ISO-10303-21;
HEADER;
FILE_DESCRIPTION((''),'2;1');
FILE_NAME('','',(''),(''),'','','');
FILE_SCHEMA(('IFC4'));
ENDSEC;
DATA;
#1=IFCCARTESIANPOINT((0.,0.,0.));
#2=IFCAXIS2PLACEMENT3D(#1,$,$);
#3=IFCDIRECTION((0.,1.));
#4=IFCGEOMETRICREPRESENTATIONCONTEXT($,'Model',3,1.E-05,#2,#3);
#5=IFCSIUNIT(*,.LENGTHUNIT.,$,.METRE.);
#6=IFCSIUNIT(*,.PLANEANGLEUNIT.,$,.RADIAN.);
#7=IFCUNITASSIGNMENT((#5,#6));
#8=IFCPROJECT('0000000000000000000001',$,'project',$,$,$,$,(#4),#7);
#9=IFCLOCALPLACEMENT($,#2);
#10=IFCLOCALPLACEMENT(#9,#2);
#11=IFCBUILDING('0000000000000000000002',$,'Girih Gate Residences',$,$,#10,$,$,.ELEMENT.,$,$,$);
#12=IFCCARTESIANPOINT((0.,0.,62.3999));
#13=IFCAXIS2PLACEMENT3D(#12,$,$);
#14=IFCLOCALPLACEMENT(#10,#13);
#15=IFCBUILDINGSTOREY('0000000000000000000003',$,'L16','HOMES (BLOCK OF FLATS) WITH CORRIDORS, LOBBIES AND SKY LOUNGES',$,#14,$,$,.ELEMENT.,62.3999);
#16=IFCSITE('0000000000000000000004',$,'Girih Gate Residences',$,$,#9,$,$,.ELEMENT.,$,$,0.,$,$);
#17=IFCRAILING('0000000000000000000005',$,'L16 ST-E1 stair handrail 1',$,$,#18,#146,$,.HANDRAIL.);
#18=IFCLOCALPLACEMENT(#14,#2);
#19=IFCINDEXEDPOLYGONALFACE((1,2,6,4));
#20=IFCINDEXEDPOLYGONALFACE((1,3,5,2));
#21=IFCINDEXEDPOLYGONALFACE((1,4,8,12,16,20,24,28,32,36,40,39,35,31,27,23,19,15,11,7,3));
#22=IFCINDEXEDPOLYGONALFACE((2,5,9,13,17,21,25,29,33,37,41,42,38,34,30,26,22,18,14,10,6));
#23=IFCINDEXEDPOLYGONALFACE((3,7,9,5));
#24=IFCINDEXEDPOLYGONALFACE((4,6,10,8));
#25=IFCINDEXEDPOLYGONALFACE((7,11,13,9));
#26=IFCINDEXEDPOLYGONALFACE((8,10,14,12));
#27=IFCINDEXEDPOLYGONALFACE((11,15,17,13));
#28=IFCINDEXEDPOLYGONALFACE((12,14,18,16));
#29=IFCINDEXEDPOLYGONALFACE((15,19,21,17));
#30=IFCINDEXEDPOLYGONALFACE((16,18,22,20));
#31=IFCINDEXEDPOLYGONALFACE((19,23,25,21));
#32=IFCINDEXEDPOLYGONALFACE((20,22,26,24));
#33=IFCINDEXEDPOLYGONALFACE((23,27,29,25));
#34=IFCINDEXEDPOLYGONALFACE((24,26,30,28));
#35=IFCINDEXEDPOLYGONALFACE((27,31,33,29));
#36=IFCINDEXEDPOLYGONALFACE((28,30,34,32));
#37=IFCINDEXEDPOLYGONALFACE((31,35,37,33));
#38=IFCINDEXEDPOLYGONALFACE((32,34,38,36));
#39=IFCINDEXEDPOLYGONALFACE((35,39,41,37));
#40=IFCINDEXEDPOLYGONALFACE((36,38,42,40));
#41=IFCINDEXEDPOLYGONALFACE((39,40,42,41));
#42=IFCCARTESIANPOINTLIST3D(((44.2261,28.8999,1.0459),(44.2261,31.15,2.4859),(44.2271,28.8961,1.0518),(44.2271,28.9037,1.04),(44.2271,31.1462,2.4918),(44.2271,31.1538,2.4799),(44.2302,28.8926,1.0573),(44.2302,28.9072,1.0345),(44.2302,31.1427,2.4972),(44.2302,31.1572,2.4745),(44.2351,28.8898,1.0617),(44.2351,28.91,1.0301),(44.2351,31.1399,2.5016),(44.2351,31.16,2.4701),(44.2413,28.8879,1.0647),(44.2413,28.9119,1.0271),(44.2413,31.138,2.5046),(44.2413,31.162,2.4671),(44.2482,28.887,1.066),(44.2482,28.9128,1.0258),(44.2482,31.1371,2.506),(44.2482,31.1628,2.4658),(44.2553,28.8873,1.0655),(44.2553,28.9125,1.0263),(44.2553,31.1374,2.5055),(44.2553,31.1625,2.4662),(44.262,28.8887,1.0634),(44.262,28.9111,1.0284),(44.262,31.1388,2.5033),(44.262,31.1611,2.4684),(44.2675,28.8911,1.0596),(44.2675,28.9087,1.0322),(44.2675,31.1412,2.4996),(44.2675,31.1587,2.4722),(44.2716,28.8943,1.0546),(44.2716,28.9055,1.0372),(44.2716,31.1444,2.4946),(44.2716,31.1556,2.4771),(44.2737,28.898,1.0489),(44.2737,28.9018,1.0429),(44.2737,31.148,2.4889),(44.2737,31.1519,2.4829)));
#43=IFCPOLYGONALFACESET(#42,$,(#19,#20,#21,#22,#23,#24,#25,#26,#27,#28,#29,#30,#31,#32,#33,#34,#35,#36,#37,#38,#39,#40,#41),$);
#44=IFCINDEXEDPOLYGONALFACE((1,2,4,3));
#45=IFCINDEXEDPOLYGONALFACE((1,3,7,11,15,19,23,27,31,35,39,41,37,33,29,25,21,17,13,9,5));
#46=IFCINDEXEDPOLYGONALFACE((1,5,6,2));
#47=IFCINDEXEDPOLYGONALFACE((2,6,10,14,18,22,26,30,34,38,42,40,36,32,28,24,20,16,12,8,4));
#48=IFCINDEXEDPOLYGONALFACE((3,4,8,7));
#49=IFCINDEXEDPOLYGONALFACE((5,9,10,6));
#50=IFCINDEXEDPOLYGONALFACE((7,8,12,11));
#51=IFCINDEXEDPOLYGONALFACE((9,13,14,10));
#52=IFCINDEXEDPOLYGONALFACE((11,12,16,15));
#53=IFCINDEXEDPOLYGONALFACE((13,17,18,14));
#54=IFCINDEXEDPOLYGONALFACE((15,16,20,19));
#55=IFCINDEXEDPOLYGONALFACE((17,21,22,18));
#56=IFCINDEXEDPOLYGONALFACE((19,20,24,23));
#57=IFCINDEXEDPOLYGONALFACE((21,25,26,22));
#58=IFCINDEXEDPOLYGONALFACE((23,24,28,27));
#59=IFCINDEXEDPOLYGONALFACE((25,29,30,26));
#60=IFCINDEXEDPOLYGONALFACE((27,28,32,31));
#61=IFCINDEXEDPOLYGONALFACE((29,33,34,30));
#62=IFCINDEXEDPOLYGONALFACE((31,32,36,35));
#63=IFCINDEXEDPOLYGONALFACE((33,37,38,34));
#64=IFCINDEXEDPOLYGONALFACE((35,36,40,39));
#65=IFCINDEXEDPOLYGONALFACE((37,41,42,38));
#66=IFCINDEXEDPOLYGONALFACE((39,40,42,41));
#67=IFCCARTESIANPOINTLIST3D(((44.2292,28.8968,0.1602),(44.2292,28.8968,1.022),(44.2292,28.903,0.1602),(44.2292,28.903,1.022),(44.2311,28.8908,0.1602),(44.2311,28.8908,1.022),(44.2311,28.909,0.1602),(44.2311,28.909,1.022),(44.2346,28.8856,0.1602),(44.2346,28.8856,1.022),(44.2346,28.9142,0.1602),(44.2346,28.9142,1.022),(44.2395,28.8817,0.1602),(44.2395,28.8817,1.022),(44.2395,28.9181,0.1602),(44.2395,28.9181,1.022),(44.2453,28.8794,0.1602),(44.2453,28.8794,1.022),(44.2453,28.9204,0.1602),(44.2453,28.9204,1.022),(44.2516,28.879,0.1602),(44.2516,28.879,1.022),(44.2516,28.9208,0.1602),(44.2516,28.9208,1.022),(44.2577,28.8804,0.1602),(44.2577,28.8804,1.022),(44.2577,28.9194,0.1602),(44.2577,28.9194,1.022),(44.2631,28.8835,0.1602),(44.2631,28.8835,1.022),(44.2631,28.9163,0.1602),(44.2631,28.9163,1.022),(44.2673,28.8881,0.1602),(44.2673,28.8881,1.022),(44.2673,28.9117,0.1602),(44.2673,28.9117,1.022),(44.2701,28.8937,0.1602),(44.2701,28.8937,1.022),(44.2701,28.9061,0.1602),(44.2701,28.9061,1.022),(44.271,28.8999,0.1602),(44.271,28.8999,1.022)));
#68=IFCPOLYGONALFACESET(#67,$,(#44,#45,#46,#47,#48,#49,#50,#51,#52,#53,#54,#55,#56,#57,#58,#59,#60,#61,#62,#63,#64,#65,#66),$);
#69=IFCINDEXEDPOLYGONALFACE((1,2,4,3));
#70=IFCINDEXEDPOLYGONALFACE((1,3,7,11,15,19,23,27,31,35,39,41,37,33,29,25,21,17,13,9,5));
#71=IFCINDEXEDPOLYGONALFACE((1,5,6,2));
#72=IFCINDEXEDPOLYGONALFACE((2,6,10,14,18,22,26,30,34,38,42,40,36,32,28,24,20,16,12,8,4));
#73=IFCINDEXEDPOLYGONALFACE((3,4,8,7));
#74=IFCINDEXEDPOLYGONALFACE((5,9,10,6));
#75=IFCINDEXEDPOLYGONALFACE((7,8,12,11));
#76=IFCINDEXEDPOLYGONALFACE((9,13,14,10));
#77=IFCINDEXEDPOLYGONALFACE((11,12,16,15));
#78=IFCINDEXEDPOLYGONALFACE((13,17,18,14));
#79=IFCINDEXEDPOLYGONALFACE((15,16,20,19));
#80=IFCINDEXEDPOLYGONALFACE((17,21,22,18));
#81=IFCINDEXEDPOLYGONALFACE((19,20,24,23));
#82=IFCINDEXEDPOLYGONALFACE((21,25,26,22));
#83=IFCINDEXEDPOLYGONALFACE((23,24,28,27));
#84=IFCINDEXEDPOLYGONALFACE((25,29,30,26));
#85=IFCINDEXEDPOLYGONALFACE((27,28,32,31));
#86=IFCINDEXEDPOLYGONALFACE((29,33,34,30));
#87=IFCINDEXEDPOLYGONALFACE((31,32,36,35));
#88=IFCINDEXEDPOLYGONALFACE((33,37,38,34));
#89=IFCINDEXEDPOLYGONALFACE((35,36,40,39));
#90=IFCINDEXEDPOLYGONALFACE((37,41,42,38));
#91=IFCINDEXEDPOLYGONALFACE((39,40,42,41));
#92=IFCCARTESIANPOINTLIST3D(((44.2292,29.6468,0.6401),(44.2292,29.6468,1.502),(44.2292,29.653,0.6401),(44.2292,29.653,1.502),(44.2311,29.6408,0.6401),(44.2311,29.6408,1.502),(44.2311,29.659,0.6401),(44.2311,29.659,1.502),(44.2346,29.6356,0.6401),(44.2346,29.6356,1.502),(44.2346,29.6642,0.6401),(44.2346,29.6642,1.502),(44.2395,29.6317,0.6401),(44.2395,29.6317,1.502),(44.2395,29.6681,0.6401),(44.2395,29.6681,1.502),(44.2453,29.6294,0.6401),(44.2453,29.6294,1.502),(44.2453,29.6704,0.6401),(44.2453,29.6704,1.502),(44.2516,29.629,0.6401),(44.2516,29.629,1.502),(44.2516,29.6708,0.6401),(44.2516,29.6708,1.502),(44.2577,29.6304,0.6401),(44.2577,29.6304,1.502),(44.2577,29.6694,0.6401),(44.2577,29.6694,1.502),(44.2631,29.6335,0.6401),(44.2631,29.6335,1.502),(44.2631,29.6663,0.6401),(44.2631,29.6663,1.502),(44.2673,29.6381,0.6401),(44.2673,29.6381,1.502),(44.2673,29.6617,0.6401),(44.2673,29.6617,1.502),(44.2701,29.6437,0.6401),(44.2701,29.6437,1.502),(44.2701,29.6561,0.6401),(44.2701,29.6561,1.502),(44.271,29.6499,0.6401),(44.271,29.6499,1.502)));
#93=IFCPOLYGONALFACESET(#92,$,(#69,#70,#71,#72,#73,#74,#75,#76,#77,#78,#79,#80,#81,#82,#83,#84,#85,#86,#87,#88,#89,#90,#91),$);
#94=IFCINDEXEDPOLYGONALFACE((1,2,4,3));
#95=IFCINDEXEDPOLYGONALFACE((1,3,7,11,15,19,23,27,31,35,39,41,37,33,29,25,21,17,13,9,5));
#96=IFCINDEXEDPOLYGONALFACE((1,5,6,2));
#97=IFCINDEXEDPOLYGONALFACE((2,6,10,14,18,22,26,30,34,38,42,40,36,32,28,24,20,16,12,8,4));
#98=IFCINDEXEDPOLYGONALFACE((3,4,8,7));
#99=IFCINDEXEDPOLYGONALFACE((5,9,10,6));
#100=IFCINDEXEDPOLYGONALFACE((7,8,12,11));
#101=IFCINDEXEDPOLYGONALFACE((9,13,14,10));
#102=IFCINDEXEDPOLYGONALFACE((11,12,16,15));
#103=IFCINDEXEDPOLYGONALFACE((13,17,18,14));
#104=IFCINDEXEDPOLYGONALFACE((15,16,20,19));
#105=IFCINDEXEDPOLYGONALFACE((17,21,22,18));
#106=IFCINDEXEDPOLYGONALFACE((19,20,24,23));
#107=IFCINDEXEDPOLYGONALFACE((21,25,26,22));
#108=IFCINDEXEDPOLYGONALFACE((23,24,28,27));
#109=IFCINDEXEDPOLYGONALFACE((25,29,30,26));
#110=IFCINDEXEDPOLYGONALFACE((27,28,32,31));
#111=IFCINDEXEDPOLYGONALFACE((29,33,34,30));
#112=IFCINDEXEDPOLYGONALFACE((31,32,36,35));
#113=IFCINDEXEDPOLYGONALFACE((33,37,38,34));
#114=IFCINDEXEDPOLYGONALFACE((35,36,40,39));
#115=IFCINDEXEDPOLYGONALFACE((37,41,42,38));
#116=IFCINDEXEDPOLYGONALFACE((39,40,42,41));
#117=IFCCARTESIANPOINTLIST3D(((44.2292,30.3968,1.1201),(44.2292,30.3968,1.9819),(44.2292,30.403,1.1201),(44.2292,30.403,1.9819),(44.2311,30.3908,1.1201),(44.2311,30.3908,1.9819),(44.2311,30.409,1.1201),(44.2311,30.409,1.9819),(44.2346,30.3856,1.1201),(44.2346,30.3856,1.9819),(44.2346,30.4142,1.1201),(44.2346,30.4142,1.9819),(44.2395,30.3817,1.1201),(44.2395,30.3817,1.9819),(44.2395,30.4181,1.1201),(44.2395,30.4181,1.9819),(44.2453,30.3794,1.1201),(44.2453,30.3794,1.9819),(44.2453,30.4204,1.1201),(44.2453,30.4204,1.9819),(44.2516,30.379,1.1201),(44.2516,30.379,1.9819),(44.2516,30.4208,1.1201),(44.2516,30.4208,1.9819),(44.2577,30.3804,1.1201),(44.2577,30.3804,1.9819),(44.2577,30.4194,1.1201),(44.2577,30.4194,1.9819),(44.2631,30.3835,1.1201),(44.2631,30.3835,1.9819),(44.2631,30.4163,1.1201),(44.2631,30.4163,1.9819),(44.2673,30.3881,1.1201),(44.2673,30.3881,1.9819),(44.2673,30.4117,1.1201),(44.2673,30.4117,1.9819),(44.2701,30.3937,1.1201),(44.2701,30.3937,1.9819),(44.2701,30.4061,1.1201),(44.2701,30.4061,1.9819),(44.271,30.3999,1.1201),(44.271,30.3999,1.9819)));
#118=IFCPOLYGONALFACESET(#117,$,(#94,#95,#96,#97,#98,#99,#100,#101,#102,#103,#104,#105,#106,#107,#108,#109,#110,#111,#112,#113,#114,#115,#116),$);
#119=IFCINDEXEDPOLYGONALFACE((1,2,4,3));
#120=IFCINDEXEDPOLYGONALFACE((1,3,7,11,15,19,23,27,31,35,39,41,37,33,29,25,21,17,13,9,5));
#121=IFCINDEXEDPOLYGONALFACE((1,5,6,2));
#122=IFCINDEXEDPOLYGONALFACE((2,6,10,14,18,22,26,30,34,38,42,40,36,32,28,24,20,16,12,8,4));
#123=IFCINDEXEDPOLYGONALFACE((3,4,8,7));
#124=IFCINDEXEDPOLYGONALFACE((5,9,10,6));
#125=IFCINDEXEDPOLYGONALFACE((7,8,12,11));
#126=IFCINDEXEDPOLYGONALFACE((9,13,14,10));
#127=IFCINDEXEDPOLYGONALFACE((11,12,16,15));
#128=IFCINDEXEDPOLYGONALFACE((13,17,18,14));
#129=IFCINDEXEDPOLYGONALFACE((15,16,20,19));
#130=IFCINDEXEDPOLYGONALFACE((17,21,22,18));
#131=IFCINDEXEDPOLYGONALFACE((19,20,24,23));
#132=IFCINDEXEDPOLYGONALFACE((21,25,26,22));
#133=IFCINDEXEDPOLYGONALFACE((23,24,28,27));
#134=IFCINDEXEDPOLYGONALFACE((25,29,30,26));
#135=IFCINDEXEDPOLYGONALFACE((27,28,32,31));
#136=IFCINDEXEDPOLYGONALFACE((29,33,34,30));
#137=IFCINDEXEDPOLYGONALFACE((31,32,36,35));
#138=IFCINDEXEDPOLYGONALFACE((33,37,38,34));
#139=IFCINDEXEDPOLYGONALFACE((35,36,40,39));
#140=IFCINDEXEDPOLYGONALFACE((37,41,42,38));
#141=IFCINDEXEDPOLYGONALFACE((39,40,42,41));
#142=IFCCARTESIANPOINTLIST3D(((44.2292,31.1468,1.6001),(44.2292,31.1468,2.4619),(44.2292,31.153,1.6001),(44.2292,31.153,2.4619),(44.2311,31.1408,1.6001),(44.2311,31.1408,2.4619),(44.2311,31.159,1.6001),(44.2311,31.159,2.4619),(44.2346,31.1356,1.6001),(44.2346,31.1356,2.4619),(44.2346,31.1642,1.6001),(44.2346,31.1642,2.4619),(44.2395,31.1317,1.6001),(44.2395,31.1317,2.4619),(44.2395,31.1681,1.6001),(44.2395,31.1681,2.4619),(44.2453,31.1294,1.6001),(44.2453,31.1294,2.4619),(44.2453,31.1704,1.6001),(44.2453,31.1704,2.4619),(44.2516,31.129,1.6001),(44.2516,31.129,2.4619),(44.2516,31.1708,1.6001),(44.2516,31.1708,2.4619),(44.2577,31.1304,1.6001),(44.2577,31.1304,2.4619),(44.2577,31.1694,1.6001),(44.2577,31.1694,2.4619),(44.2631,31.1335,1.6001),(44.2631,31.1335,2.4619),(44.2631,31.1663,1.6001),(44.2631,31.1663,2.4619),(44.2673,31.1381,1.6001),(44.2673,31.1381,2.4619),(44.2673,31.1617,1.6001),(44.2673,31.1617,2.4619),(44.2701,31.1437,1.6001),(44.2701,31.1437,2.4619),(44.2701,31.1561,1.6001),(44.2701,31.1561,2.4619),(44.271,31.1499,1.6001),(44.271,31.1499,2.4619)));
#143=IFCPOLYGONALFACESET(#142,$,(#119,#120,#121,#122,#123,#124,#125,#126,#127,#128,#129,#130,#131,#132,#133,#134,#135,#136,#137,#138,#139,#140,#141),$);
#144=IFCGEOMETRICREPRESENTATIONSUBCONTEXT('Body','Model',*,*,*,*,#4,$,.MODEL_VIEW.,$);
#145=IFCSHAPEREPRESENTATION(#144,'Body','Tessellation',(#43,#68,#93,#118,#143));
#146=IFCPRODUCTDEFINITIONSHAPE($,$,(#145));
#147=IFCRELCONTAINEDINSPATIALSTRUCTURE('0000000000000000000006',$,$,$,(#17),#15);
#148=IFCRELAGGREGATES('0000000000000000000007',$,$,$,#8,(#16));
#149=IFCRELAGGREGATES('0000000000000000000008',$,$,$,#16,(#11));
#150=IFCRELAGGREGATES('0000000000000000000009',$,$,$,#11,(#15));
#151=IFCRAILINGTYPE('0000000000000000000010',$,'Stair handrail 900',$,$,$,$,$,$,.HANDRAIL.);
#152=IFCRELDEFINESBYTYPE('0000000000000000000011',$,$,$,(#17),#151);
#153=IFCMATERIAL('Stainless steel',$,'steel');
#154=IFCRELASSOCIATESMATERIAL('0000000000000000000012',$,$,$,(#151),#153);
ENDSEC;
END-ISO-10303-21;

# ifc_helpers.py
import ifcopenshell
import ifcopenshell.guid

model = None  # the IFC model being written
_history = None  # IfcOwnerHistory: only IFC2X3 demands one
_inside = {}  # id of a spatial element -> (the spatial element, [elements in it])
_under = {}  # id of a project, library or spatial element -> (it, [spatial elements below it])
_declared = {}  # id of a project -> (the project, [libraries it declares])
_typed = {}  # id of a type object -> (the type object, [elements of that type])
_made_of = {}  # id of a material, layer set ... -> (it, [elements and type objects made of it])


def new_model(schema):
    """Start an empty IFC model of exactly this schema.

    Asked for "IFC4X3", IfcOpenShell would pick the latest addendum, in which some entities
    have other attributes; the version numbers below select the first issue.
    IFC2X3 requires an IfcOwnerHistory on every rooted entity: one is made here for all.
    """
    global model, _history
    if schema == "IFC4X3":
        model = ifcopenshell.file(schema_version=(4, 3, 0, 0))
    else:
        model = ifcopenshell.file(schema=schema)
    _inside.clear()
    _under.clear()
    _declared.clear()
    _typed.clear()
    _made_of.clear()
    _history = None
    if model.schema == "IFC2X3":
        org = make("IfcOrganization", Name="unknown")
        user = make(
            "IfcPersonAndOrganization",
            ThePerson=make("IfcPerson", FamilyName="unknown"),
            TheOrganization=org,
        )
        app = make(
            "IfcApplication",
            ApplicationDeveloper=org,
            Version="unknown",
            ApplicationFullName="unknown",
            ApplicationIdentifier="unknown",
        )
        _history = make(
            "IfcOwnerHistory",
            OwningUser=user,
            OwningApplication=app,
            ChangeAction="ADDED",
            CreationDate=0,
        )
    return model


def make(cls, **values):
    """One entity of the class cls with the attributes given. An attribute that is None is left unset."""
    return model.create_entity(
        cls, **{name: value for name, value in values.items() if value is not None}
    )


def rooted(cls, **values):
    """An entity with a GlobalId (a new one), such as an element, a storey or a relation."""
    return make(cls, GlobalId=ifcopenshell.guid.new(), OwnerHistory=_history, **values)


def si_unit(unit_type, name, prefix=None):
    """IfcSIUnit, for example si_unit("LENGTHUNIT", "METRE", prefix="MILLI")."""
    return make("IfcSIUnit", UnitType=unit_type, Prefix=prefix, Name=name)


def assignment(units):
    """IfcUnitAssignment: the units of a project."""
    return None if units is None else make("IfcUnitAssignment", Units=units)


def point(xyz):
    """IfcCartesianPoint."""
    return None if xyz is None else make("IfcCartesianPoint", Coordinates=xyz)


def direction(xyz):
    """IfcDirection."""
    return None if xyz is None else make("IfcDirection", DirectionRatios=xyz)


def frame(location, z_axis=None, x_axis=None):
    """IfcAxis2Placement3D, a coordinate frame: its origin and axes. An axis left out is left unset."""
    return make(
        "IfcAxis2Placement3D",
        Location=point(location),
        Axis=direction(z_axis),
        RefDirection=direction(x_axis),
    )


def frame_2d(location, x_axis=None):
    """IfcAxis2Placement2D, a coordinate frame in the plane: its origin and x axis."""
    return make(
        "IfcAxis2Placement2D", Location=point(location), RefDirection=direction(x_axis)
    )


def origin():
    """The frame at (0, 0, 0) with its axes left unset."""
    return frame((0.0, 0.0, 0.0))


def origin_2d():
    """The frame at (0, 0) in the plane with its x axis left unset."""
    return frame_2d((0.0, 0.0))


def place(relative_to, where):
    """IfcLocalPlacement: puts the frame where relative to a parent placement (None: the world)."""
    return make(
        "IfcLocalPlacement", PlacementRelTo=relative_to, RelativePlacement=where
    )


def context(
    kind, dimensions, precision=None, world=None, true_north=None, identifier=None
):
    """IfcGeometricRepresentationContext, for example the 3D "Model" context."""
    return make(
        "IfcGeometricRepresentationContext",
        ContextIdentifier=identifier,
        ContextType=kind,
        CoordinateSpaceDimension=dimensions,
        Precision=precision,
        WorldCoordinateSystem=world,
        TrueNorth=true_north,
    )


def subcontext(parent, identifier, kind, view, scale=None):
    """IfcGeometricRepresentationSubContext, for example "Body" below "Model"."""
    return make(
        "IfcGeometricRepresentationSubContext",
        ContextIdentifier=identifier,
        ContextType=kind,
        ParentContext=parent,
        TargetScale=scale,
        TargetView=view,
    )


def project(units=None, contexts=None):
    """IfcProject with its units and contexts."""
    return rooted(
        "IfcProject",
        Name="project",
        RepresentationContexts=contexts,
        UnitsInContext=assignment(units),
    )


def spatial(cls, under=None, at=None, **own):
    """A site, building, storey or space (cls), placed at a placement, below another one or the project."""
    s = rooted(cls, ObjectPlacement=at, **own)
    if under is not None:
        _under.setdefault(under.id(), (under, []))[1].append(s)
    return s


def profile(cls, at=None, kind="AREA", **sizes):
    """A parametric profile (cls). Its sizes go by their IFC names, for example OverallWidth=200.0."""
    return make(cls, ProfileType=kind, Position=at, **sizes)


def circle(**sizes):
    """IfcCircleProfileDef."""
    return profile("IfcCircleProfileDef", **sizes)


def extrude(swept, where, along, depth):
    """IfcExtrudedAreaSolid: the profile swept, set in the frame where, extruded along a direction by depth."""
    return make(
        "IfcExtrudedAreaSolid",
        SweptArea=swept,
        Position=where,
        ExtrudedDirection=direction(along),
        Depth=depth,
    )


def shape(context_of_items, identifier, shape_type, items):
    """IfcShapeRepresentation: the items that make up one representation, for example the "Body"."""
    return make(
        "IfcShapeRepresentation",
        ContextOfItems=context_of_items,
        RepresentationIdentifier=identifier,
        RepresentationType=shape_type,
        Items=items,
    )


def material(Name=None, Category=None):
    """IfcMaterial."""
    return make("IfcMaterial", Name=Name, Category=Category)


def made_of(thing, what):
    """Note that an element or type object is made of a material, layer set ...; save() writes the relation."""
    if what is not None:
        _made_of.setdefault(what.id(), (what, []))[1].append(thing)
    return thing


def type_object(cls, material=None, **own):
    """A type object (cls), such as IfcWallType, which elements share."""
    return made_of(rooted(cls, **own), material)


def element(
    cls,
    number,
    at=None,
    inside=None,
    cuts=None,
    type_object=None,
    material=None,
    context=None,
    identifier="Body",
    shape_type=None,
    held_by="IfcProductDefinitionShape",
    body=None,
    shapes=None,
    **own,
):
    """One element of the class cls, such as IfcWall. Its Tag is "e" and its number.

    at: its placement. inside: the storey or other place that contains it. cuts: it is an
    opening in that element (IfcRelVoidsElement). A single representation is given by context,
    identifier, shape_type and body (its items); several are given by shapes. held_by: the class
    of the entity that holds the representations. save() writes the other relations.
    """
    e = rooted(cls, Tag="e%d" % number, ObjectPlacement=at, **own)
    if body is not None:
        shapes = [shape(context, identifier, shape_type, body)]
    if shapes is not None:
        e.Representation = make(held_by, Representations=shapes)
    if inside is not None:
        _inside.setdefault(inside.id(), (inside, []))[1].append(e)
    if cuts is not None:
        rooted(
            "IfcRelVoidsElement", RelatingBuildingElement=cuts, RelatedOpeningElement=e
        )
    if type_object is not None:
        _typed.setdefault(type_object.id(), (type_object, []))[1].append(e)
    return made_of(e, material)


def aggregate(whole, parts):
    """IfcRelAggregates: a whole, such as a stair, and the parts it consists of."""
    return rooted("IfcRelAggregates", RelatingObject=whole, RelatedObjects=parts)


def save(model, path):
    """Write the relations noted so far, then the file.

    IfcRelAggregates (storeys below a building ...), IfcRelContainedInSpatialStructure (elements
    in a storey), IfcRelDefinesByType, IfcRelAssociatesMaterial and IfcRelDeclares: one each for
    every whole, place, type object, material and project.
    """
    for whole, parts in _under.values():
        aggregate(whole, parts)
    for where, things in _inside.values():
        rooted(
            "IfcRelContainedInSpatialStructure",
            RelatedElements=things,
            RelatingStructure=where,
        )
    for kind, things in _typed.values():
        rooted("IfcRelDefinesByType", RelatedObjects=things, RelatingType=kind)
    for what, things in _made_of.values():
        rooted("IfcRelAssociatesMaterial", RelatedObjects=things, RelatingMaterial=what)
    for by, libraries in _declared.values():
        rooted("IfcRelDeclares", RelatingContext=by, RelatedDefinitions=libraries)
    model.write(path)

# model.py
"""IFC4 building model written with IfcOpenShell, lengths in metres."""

from ifc_helpers import new_model, si_unit, direction, frame, origin, origin_2d, place, context, subcontext, project, spatial, circle, extrude, material, type_object, element, save


model = new_model("IFC4")

# Units and contexts
model_context = context("Model", 3, precision=1e-05, world=origin(), true_north=direction((0.0, 1.0)))
body_context = subcontext(model_context, "Body", "Model", "MODEL_VIEW")
ifc_project = project(units=[si_unit("LENGTHUNIT", "METRE"), si_unit("PLANEANGLEUNIT", "RADIAN")], contexts=[model_context])

# Site, building, storey
site_placement = place(None, origin())
site = spatial("IfcSite", under=ifc_project, at=site_placement, Name="Girih Gate Residences", CompositionType="ELEMENT", RefElevation=0.0)
building_placement = place(site_placement, origin())
building = spatial("IfcBuilding", under=site, at=building_placement, Name="Girih Gate Residences", CompositionType="ELEMENT")
storey_placement = place(building_placement, frame((0.0, 0.0, 62.3999)))
storey = spatial("IfcBuildingStorey", under=building, at=storey_placement, Name="L16", Description="HOMES (BLOCK OF FLATS) WITH CORRIDORS, LOBBIES AND SKY LOUNGES", CompositionType="ELEMENT", Elevation=62.3999)

# Railing
ifc_material_1 = material(Name="Stainless steel", Category="steel")
railing_type_1 = type_object("IfcRailingType", Name="Stair handrail 900", PredefinedType="HANDRAIL", material=ifc_material_1)
railing_1_placement = place(storey_placement, frame((44.25, 28.8999, 0.1602)))
element("IfcRailing", 1, at=railing_1_placement, inside=storey, type_object=railing_type_1, Name="L16 ST-E1 stair handrail 1", PredefinedType="HANDRAIL", context=body_context, shape_type="SweptSolid", body=[
    extrude(circle(Radius=0.0239, at=origin_2d()), frame((0.0, 0.0, 0.8857), z_axis=(0.0, 0.842281, 0.539038), x_axis=(-1.0, 0.0, 0.0)), (0.0, 0.0, 1.0), 2.6714),
    extrude(circle(Radius=0.021, at=origin_2d()), origin(), (0.0, 0.0, 1.0), 0.8618),
    extrude(circle(Radius=0.021, at=origin_2d()), frame((0.0, 0.75, 0.48)), (0.0, 0.0, 1.0), 0.8618),
    extrude(circle(Radius=0.021, at=origin_2d()), frame((0.0, 1.5, 0.96)), (0.0, 0.0, 1.0), 0.8618),
    extrude(circle(Radius=0.021, at=origin_2d()), frame((0.0, 2.25, 1.4399)), (0.0, 0.0, 1.0), 0.8618),
])

save(model, "model.ifc")
